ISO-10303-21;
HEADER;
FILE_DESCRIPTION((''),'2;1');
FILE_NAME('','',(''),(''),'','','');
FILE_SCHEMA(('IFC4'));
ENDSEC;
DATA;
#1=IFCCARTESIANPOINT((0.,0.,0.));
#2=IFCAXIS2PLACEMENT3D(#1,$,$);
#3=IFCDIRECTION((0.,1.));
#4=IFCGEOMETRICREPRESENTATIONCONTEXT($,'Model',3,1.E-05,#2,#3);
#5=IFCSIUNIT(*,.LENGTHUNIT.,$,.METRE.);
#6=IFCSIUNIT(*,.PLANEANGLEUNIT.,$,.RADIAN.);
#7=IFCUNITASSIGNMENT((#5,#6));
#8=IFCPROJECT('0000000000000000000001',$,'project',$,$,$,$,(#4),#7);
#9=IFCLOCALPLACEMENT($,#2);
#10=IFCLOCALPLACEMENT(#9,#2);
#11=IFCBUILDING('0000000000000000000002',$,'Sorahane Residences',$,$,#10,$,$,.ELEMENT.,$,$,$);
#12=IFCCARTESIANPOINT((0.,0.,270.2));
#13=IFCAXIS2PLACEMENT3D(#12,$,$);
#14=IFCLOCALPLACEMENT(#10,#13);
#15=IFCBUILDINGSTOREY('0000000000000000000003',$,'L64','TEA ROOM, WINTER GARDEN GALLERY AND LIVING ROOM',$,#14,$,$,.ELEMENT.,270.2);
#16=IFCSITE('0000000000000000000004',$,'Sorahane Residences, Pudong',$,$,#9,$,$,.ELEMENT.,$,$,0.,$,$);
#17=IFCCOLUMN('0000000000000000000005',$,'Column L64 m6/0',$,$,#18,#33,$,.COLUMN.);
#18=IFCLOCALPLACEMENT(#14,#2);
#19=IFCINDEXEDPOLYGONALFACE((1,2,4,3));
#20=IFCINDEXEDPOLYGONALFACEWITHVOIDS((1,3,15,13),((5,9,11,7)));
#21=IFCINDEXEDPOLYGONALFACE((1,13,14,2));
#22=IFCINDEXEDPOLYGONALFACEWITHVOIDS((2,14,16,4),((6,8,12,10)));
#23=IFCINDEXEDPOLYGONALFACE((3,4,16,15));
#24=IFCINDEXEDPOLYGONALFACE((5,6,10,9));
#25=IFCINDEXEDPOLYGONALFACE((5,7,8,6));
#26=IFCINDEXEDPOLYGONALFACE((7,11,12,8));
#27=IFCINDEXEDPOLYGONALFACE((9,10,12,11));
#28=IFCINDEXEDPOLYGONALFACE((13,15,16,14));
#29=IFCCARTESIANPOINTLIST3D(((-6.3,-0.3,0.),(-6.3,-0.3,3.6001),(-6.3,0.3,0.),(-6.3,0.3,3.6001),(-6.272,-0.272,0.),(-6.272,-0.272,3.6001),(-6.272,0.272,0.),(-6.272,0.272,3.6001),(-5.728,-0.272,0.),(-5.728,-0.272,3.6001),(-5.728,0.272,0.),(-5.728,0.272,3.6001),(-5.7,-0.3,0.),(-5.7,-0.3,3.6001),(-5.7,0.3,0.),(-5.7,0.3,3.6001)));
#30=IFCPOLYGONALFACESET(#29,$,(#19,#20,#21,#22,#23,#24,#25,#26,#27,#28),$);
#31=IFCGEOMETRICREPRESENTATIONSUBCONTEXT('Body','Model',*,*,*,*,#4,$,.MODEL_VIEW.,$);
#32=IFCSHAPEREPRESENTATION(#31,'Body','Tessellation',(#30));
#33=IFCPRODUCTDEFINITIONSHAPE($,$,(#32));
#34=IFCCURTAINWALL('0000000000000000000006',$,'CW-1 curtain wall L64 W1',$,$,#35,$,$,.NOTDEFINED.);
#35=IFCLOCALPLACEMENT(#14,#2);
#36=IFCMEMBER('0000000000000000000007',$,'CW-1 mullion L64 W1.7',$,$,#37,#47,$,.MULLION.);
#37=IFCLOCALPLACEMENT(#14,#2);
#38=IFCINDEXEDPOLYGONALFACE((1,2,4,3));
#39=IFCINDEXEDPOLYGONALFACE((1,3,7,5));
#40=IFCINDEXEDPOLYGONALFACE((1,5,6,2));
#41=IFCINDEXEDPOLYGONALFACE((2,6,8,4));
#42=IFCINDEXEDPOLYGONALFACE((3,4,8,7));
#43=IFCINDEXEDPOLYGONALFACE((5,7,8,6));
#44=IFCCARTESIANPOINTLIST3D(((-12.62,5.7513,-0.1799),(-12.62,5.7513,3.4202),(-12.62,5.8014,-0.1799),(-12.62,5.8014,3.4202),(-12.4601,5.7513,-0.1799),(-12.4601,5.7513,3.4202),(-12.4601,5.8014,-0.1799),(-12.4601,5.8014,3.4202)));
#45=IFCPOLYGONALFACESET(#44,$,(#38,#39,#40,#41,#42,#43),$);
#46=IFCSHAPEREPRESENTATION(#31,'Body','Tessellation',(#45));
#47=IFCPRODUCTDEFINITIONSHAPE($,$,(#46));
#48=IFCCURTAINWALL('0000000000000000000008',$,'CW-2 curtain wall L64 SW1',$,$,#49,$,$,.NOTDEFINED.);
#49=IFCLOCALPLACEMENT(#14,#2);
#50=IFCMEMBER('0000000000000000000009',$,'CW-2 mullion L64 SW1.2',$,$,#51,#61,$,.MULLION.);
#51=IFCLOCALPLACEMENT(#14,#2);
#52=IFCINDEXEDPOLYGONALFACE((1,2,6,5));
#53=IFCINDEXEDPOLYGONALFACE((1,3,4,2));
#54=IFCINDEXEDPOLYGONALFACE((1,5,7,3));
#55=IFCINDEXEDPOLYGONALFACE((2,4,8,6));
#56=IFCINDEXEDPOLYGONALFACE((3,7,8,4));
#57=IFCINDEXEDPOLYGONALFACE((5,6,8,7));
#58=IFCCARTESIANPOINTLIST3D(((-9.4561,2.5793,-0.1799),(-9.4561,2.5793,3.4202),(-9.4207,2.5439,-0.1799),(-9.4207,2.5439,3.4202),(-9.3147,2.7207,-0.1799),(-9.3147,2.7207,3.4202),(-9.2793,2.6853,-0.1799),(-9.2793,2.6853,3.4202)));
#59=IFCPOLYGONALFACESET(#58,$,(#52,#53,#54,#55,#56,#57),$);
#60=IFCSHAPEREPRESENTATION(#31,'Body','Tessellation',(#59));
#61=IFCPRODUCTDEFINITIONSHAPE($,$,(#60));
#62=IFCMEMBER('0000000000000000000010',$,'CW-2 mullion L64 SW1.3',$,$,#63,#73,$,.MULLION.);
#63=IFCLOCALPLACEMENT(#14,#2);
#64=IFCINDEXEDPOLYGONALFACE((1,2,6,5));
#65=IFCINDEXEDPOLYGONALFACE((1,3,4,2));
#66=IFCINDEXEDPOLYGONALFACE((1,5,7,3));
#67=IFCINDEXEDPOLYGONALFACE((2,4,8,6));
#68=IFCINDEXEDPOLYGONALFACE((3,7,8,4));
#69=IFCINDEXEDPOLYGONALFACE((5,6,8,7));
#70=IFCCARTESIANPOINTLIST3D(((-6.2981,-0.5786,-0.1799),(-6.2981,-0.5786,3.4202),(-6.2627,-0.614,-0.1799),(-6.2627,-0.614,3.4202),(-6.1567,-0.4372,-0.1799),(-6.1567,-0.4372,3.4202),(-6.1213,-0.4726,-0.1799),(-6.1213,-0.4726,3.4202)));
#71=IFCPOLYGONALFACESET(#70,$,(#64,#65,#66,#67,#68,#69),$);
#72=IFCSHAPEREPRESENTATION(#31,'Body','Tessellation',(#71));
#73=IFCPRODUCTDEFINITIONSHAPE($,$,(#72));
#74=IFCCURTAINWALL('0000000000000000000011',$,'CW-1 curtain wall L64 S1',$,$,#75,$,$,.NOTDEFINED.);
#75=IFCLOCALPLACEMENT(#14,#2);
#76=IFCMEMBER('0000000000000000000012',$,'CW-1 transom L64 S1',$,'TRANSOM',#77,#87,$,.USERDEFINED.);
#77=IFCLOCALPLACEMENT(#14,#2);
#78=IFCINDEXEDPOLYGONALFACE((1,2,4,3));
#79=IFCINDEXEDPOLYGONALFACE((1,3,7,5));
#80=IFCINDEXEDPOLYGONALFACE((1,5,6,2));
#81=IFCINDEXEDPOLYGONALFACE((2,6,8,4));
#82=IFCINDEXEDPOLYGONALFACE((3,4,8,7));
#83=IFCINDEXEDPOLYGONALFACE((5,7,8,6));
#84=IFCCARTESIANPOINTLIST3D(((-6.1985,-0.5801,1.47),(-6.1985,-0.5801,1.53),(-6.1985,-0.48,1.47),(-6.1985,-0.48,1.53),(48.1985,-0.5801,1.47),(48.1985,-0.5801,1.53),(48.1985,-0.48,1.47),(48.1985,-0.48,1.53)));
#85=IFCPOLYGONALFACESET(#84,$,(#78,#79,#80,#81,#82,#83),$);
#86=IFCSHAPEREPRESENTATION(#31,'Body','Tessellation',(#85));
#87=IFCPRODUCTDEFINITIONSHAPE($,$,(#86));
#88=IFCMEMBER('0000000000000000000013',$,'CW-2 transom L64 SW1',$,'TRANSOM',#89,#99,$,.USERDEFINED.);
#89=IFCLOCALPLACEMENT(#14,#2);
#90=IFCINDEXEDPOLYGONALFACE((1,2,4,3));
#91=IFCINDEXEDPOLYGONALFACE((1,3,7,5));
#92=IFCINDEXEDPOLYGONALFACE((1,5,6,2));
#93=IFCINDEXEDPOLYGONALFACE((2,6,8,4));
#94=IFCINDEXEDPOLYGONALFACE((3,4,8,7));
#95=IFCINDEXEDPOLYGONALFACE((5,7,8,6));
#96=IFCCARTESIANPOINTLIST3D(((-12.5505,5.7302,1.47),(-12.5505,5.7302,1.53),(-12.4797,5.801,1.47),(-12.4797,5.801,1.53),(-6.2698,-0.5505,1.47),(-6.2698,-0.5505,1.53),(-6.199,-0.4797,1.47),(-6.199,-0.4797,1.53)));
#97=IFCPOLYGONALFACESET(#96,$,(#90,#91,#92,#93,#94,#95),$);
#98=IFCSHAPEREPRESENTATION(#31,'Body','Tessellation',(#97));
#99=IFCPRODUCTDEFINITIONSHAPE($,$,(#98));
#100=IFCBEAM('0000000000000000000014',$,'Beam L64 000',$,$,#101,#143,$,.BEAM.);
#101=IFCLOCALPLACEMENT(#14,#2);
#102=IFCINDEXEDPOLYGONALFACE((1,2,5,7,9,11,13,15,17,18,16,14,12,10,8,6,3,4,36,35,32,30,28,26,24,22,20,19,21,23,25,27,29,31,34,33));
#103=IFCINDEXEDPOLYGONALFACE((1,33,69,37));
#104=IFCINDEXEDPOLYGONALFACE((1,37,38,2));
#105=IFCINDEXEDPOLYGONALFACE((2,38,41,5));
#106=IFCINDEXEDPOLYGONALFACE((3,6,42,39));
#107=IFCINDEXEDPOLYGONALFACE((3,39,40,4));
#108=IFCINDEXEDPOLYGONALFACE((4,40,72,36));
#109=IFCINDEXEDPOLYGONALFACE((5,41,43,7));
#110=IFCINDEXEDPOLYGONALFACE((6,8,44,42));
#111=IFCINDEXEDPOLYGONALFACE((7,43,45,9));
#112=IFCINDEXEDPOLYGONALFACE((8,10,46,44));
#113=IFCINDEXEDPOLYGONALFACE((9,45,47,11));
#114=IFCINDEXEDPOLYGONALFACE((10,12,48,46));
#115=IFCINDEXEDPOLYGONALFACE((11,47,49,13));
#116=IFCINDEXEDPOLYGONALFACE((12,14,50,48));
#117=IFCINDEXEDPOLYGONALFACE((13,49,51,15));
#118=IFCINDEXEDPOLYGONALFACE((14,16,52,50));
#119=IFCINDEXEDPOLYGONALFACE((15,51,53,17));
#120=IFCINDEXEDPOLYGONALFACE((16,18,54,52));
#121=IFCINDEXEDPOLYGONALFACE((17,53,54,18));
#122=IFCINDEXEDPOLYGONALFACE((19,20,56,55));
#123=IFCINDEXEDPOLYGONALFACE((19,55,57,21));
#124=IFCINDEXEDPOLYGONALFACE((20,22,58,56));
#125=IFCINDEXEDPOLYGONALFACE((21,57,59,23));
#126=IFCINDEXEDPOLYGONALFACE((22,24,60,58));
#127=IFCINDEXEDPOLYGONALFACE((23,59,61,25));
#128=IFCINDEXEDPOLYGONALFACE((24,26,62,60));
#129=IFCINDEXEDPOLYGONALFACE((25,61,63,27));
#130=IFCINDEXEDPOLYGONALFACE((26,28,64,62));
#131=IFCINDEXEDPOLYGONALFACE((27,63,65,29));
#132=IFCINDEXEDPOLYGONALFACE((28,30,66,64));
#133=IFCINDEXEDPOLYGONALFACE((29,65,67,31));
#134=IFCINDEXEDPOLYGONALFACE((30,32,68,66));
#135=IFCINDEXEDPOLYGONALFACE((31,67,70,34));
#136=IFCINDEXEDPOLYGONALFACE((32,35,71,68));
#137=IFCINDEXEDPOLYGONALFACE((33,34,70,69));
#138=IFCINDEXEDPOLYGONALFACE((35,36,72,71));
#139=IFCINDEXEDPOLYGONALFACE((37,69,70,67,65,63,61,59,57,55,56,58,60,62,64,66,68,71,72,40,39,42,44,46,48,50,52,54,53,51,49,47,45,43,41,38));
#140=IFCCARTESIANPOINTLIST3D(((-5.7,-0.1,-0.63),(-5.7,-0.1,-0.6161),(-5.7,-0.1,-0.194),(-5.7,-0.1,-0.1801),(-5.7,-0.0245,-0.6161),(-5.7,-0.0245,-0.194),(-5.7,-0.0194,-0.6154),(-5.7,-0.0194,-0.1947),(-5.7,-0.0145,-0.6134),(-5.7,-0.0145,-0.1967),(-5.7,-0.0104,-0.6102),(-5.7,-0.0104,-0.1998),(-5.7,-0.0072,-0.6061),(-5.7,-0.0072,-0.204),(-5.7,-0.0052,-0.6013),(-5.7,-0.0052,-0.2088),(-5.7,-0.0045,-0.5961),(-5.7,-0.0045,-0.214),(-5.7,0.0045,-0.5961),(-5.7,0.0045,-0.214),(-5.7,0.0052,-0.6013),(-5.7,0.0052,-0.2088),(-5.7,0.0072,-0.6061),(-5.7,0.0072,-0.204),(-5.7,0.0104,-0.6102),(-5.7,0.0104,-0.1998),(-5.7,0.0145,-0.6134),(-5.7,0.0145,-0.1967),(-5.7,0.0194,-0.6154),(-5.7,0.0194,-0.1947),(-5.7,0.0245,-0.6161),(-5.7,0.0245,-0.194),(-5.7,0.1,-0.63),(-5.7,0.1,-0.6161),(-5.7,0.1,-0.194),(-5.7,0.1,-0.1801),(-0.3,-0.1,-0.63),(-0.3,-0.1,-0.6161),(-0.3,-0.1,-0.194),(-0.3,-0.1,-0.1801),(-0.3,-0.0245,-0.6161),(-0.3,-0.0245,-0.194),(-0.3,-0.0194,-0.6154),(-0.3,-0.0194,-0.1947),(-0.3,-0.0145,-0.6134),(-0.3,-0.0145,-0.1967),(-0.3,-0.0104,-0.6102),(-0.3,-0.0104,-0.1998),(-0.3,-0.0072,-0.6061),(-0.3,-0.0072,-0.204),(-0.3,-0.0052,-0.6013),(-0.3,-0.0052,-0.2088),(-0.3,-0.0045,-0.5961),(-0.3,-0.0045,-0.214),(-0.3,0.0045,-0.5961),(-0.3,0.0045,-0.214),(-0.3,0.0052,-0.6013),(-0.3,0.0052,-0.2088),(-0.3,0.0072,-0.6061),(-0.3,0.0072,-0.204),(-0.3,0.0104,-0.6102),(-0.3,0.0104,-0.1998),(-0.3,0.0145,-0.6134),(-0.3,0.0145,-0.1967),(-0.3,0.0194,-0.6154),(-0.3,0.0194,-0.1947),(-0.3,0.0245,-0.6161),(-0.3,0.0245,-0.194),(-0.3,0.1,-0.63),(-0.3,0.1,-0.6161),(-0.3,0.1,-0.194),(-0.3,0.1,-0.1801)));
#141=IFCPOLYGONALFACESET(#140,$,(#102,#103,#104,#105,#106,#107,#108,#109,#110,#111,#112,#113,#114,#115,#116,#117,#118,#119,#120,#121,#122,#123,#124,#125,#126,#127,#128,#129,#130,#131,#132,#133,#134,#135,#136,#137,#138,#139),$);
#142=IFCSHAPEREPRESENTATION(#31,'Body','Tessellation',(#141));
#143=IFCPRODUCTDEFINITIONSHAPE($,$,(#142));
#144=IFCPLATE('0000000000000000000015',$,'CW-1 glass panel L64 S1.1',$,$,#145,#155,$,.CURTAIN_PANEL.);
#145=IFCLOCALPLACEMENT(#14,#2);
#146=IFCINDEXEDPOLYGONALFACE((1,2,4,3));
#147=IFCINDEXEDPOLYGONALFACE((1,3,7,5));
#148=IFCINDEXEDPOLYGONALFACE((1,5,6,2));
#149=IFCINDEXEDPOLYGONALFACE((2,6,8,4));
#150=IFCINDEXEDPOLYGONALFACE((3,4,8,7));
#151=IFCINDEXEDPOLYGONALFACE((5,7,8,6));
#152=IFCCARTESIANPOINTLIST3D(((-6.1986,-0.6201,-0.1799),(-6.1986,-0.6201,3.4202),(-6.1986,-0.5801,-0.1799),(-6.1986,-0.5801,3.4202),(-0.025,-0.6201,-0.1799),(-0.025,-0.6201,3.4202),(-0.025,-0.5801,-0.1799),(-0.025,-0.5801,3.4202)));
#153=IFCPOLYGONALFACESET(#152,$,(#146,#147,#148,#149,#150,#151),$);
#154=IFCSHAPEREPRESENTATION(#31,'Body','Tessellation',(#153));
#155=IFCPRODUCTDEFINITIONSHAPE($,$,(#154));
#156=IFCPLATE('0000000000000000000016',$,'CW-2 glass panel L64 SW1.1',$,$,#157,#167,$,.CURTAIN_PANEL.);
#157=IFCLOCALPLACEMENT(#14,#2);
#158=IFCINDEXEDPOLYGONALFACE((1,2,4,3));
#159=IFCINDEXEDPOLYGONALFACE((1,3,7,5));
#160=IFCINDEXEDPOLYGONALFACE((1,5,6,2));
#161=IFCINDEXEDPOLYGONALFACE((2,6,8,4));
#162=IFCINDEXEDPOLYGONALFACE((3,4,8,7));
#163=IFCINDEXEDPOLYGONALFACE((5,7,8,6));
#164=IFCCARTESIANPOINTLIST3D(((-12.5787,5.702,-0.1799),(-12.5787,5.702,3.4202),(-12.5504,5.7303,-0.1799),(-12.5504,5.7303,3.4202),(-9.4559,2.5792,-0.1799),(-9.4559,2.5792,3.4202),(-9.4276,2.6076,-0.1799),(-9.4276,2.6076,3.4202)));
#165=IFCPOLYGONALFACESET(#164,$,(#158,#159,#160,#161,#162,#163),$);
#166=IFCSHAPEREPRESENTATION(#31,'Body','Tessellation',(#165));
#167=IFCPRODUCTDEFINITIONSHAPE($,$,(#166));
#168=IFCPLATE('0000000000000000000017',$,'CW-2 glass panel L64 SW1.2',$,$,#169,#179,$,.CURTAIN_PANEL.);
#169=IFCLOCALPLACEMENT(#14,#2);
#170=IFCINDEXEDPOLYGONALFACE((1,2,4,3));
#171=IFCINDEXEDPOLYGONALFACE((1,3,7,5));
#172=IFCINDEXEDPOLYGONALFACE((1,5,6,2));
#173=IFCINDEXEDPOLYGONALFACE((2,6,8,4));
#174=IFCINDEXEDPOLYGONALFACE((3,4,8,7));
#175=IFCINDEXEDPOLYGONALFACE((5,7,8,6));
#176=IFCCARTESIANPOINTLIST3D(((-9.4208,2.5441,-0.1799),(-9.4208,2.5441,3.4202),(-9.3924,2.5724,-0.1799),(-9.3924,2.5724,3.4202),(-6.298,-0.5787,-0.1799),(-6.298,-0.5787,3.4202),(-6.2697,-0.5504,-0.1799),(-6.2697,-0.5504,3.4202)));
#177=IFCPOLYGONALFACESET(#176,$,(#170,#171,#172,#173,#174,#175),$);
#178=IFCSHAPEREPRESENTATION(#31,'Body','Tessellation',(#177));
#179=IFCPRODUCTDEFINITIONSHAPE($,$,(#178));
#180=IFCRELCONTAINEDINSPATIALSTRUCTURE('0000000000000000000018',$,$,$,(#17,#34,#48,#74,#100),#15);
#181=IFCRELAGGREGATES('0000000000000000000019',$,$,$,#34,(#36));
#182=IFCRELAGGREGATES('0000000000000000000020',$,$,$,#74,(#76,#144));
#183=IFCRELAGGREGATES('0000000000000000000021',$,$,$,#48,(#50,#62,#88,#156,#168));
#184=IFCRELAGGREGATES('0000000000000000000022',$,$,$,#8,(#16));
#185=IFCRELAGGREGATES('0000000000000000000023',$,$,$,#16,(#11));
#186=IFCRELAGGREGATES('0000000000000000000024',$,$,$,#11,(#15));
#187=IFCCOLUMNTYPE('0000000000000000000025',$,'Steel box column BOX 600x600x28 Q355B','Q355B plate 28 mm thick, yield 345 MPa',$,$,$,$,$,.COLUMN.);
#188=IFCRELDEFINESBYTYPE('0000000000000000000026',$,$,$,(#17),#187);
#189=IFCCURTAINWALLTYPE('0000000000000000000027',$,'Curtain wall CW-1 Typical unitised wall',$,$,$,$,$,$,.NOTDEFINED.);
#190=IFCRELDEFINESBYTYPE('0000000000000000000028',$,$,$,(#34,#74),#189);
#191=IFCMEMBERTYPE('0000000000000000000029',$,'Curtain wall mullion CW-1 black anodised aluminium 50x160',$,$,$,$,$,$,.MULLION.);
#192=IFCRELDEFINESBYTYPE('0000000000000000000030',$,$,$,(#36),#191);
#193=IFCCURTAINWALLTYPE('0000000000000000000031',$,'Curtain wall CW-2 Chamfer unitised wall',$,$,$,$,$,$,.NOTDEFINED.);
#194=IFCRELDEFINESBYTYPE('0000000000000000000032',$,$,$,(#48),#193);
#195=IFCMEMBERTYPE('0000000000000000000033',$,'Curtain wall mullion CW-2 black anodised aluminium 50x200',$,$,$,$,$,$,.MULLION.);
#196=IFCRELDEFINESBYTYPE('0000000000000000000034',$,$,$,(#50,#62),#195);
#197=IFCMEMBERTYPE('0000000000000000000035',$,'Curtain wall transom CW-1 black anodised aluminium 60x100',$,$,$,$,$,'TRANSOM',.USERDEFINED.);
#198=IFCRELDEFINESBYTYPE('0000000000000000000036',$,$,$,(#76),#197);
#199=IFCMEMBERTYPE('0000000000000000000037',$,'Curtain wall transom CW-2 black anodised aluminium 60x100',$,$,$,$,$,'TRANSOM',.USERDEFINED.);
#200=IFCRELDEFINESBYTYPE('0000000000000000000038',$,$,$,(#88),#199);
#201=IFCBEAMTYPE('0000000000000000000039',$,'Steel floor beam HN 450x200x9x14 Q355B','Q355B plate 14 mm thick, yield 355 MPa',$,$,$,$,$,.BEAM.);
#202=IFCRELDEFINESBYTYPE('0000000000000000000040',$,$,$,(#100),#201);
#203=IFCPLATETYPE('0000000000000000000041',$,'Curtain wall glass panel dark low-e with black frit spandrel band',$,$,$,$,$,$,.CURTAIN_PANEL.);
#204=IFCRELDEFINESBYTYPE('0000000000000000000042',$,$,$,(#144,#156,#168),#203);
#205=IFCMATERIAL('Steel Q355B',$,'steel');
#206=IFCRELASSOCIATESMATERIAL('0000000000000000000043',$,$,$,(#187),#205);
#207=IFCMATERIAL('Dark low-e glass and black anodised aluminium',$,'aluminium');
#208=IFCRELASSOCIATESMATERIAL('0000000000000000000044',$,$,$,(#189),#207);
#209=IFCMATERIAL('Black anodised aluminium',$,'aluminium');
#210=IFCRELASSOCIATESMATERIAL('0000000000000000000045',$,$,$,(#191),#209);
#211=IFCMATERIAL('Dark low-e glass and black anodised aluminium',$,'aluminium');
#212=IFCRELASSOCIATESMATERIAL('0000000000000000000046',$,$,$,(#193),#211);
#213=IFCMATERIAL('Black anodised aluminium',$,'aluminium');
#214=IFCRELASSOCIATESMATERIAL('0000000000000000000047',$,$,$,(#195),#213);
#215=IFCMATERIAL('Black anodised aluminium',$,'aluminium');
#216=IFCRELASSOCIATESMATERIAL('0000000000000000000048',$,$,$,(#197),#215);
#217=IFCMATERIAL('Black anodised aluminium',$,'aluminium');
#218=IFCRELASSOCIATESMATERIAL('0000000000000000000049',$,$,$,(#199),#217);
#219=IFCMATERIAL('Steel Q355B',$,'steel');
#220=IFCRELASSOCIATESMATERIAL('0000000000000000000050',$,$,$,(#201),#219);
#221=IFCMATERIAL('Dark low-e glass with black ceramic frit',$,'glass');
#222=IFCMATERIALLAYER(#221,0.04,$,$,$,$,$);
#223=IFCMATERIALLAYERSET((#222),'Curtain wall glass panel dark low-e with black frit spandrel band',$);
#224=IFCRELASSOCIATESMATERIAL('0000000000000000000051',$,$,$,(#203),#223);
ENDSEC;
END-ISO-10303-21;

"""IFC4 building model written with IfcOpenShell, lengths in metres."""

from ifc_helpers import new_model, si_unit, direction, frame, origin, origin_2d, place, context, subcontext, project, spatial, rectangle, hollow_rectangle, i_section, extrude, material, layer, layer_set, material_profile, profile_set, type_object, element, aggregate, save


model = new_model("IFC4")

# Units and contexts
model_context = context("Model", 3, precision=1e-05, world=origin(), true_north=direction((0.0, 1.0)))
body_context = subcontext(model_context, "Body", "Model", "MODEL_VIEW")
ifc_project = project(units=[si_unit("LENGTHUNIT", "METRE"), si_unit("PLANEANGLEUNIT", "RADIAN")], contexts=[model_context])

# Site, building, storey
site_placement = place(None, origin())
site = spatial("IfcSite", under=ifc_project, at=site_placement, Name="Sorahane Residences, Pudong", CompositionType="ELEMENT", RefElevation=0.0)
building_placement = place(site_placement, origin())
building = spatial("IfcBuilding", under=site, at=building_placement, Name="Sorahane Residences", CompositionType="ELEMENT")
storey_placement = place(building_placement, frame((0.0, 0.0, 270.2)))
storey = spatial("IfcBuildingStorey", under=building, at=storey_placement, Name="L64", Description="TEA ROOM, WINTER GARDEN GALLERY AND LIVING ROOM", CompositionType="ELEMENT", Elevation=270.2)

# Column
ifc_material_1 = material(Name="Steel Q355B", Category="steel")
ifc_material_profile_1 = material_profile(ifc_material_1, hollow_rectangle(XDim=0.6001, YDim=0.6001, WallThickness=0.0281, at=origin_2d()), Name="BOX 600x600x28")
ifc_profile_set_1 = profile_set([ifc_material_profile_1], Name="Steel Q355B")
column_type = type_object("IfcColumnType", Name="Steel box column BOX 600x600x28 Q355B", Description="Q355B plate 28 mm thick, yield 345 MPa", PredefinedType="COLUMN", material=ifc_profile_set_1)
column_placement = place(storey_placement, frame((-6.0, 0.0, 0.0), z_axis=(0.0, 0.0, 1.0), x_axis=(1.0, 0.0, 0.0)))
element("IfcColumn", 1, at=column_placement, inside=storey, type_object=column_type, Name="Column L64 m6/0", PredefinedType="COLUMN", context=body_context, shape_type="SweptSolid", body=[
    extrude(hollow_rectangle(XDim=0.6001, YDim=0.6001, WallThickness=0.0281, at=origin_2d()), origin(), (0.0, 0.0, 1.0), 3.6001),
])

# Curtain wall, member
ifc_material_2 = material(Name="Dark low-e glass and black anodised aluminium", Category="aluminium")
curtain_wall_type_1 = type_object("IfcCurtainWallType", Name="Curtain wall CW-1 Typical unitised wall", PredefinedType="NOTDEFINED", material=ifc_material_2)
curtain_wall_1_placement = place(storey_placement, origin())
curtain_wall_1 = element("IfcCurtainWall", 2, at=curtain_wall_1_placement, inside=storey, type_object=curtain_wall_type_1, Name="CW-1 curtain wall L64 W1", PredefinedType="NOTDEFINED")
ifc_material_3 = material(Name="Black anodised aluminium", Category="aluminium")
ifc_material_profile_2 = material_profile(ifc_material_3, rectangle(XDim=0.1599, YDim=0.05, at=origin_2d()), Name="Curtain wall mullion CW-1 black anodised aluminium 50x160")
ifc_profile_set_2 = profile_set([ifc_material_profile_2], Name="Black anodised aluminium")
member_type_1 = type_object("IfcMemberType", Name="Curtain wall mullion CW-1 black anodised aluminium 50x160", PredefinedType="MULLION", material=ifc_profile_set_2)
member_1_placement = place(storey_placement, frame((-12.54, 5.7764, -0.1799), z_axis=(0.0, 0.0, 1.0), x_axis=(-1.0, 0.0, 0.0)))
member_1 = element("IfcMember", 3, at=member_1_placement, type_object=member_type_1, Name="CW-1 mullion L64 W1.7", PredefinedType="MULLION", context=body_context, shape_type="SweptSolid", body=[
    extrude(rectangle(XDim=0.1599, YDim=0.05, at=origin_2d()), origin(), (0.0, 0.0, 1.0), 3.6001),
])
aggregate(curtain_wall_1, [member_1])

# Curtain wall, members
ifc_material_4 = material(Name="Dark low-e glass and black anodised aluminium", Category="aluminium")
curtain_wall_type_2 = type_object("IfcCurtainWallType", Name="Curtain wall CW-2 Chamfer unitised wall", PredefinedType="NOTDEFINED", material=ifc_material_4)
curtain_wall_2_placement = place(storey_placement, origin())
curtain_wall_2 = element("IfcCurtainWall", 4, at=curtain_wall_2_placement, inside=storey, type_object=curtain_wall_type_2, Name="CW-2 curtain wall L64 SW1", PredefinedType="NOTDEFINED")
ifc_material_5 = material(Name="Black anodised aluminium", Category="aluminium")
ifc_material_profile_3 = material_profile(ifc_material_5, rectangle(XDim=0.2, YDim=0.05, at=origin_2d()), Name="Curtain wall mullion CW-2 black anodised aluminium 50x200")
ifc_profile_set_3 = profile_set([ifc_material_profile_3], Name="Black anodised aluminium")
member_type_2 = type_object("IfcMemberType", Name="Curtain wall mullion CW-2 black anodised aluminium 50x200", PredefinedType="MULLION", material=ifc_profile_set_3)
member_2_placement = place(storey_placement, frame((-9.3677, 2.6323, -0.1799), z_axis=(0.0, 0.0, 1.0), x_axis=(-0.707107, -0.707107, 0.0)))
member_2 = element("IfcMember", 5, at=member_2_placement, type_object=member_type_2, Name="CW-2 mullion L64 SW1.2", PredefinedType="MULLION", context=body_context, shape_type="SweptSolid", body=[
    extrude(rectangle(XDim=0.2, YDim=0.05, at=origin_2d()), origin(), (0.0, 0.0, 1.0), 3.6001),
])
member_3_placement = place(storey_placement, frame((-6.2097, -0.5256, -0.1799), z_axis=(0.0, 0.0, 1.0), x_axis=(-0.707107, -0.707107, 0.0)))
member_3 = element("IfcMember", 6, at=member_3_placement, type_object=member_type_2, Name="CW-2 mullion L64 SW1.3", PredefinedType="MULLION", context=body_context, shape_type="SweptSolid", body=[
    extrude(rectangle(XDim=0.2, YDim=0.05, at=origin_2d()), origin(), (0.0, 0.0, 1.0), 3.6001),
])

# Curtain wall, member
curtain_wall_3_placement = place(storey_placement, origin())
curtain_wall_3 = element("IfcCurtainWall", 7, at=curtain_wall_3_placement, inside=storey, type_object=curtain_wall_type_1, Name="CW-1 curtain wall L64 S1", PredefinedType="NOTDEFINED")
ifc_material_6 = material(Name="Black anodised aluminium", Category="aluminium")
ifc_material_profile_4 = material_profile(ifc_material_6, rectangle(XDim=0.1001, YDim=0.0601, at=origin_2d()), Name="Curtain wall transom CW-1 black anodised aluminium 60x100")
ifc_profile_set_4 = profile_set([ifc_material_profile_4], Name="Black anodised aluminium")
member_type_3 = type_object("IfcMemberType", Name="Curtain wall transom CW-1 black anodised aluminium 60x100", ElementType="TRANSOM", PredefinedType="USERDEFINED", material=ifc_profile_set_4)
member_4_placement = place(storey_placement, frame((-6.1985, -0.53, 1.5), z_axis=(1.0, 0.0, 0.0), x_axis=(0.0, 1.0, 0.0)))
member_4 = element("IfcMember", 8, at=member_4_placement, type_object=member_type_3, Name="CW-1 transom L64 S1", ObjectType="TRANSOM", PredefinedType="USERDEFINED", context=body_context, shape_type="SweptSolid", body=[
    extrude(rectangle(XDim=0.1001, YDim=0.0601, at=origin_2d()), origin(), (0.0, 0.0, 1.0), 54.397),
])

# Member
ifc_material_7 = material(Name="Black anodised aluminium", Category="aluminium")
ifc_material_profile_5 = material_profile(ifc_material_7, rectangle(XDim=0.1001, YDim=0.0601, at=origin_2d()), Name="Curtain wall transom CW-2 black anodised aluminium 60x100")
ifc_profile_set_5 = profile_set([ifc_material_profile_5], Name="Black anodised aluminium")
member_type_4 = type_object("IfcMemberType", Name="Curtain wall transom CW-2 black anodised aluminium 60x100", ElementType="TRANSOM", PredefinedType="USERDEFINED", material=ifc_profile_set_5)
member_5_placement = place(storey_placement, frame((-12.5151, 5.7656, 1.5), z_axis=(0.707107, -0.707107, 0.0), x_axis=(0.707107, 0.707107, 0.0)))
member_5 = element("IfcMember", 9, at=member_5_placement, type_object=member_type_4, Name="CW-2 transom L64 SW1", ObjectType="TRANSOM", PredefinedType="USERDEFINED", context=body_context, shape_type="SweptSolid", body=[
    extrude(rectangle(XDim=0.1001, YDim=0.0601, at=origin_2d()), origin(), (0.0, 0.0, 1.0), 8.8823),
])

# Beam
ifc_material_8 = material(Name="Steel Q355B", Category="steel")
ifc_material_profile_6 = material_profile(ifc_material_8, i_section(OverallWidth=0.2, OverallDepth=0.45, WebThickness=0.009, FlangeThickness=0.0139, FilletRadius=0.02, at=origin_2d()), Name="HN 450x200x9x14")
ifc_profile_set_6 = profile_set([ifc_material_profile_6], Name="Steel Q355B")
beam_type = type_object("IfcBeamType", Name="Steel floor beam HN 450x200x9x14 Q355B", Description="Q355B plate 14 mm thick, yield 355 MPa", PredefinedType="BEAM", material=ifc_profile_set_6)
beam_placement = place(storey_placement, frame((-5.7, 0.0, -0.405), z_axis=(1.0, 0.0, 0.0), x_axis=(0.0, 1.0, 0.0)))
element("IfcBeam", 10, at=beam_placement, inside=storey, type_object=beam_type, Name="Beam L64 000", PredefinedType="BEAM", context=body_context, shape_type="SweptSolid", body=[
    extrude(i_section(OverallWidth=0.2, OverallDepth=0.45, WebThickness=0.009, FlangeThickness=0.0139, FilletRadius=0.02, at=origin_2d()), origin(), (0.0, 0.0, 1.0), 5.3999),
])

# Plates
ifc_material_9 = material(Name="Dark low-e glass with black ceramic frit", Category="glass")
ifc_layer_1 = layer(ifc_material_9, 0.04)
ifc_layer_set_1 = layer_set([ifc_layer_1], Name="Curtain wall glass panel dark low-e with black frit spandrel band")
plate_type = type_object("IfcPlateType", Name="Curtain wall glass panel dark low-e with black frit spandrel band", PredefinedType="CURTAIN_PANEL", material=ifc_layer_set_1)
plate_1_placement = place(storey_placement, frame((-3.1118, -0.6001, -0.1799), z_axis=(0.0, 0.0, 1.0), x_axis=(1.0, 0.0, 0.0)))
plate_1 = element("IfcPlate", 11, at=plate_1_placement, type_object=plate_type, Name="CW-1 glass panel L64 S1.1", PredefinedType="CURTAIN_PANEL", context=body_context, shape_type="SweptSolid", body=[
    extrude(rectangle(XDim=6.1736, YDim=0.04, at=origin_2d()), origin(), (0.0, 0.0, 1.0), 3.6001),
])
aggregate(curtain_wall_3, [member_4, plate_1])
plate_2_placement = place(storey_placement, frame((-11.0032, 4.1548, -0.1799), z_axis=(0.0, 0.0, 1.0), x_axis=(0.707107, -0.707107, 0.0)))
plate_2 = element("IfcPlate", 12, at=plate_2_placement, type_object=plate_type, Name="CW-2 glass panel L64 SW1.1", PredefinedType="CURTAIN_PANEL", context=body_context, shape_type="SweptSolid", body=[
    extrude(rectangle(XDim=4.4163, YDim=0.04, at=origin_2d()), origin(), (0.0, 0.0, 1.0), 3.6001),
])
plate_3_placement = place(storey_placement, frame((-7.8452, 0.9968, -0.1799), z_axis=(0.0, 0.0, 1.0), x_axis=(0.707107, -0.707107, 0.0)))
plate_3 = element("IfcPlate", 13, at=plate_3_placement, type_object=plate_type, Name="CW-2 glass panel L64 SW1.2", PredefinedType="CURTAIN_PANEL", context=body_context, shape_type="SweptSolid", body=[
    extrude(rectangle(XDim=4.4163, YDim=0.04, at=origin_2d()), origin(), (0.0, 0.0, 1.0), 3.6001),
])
aggregate(curtain_wall_2, [member_2, member_3, member_5, plate_2, plate_3])

save(model, "model.ifc")
